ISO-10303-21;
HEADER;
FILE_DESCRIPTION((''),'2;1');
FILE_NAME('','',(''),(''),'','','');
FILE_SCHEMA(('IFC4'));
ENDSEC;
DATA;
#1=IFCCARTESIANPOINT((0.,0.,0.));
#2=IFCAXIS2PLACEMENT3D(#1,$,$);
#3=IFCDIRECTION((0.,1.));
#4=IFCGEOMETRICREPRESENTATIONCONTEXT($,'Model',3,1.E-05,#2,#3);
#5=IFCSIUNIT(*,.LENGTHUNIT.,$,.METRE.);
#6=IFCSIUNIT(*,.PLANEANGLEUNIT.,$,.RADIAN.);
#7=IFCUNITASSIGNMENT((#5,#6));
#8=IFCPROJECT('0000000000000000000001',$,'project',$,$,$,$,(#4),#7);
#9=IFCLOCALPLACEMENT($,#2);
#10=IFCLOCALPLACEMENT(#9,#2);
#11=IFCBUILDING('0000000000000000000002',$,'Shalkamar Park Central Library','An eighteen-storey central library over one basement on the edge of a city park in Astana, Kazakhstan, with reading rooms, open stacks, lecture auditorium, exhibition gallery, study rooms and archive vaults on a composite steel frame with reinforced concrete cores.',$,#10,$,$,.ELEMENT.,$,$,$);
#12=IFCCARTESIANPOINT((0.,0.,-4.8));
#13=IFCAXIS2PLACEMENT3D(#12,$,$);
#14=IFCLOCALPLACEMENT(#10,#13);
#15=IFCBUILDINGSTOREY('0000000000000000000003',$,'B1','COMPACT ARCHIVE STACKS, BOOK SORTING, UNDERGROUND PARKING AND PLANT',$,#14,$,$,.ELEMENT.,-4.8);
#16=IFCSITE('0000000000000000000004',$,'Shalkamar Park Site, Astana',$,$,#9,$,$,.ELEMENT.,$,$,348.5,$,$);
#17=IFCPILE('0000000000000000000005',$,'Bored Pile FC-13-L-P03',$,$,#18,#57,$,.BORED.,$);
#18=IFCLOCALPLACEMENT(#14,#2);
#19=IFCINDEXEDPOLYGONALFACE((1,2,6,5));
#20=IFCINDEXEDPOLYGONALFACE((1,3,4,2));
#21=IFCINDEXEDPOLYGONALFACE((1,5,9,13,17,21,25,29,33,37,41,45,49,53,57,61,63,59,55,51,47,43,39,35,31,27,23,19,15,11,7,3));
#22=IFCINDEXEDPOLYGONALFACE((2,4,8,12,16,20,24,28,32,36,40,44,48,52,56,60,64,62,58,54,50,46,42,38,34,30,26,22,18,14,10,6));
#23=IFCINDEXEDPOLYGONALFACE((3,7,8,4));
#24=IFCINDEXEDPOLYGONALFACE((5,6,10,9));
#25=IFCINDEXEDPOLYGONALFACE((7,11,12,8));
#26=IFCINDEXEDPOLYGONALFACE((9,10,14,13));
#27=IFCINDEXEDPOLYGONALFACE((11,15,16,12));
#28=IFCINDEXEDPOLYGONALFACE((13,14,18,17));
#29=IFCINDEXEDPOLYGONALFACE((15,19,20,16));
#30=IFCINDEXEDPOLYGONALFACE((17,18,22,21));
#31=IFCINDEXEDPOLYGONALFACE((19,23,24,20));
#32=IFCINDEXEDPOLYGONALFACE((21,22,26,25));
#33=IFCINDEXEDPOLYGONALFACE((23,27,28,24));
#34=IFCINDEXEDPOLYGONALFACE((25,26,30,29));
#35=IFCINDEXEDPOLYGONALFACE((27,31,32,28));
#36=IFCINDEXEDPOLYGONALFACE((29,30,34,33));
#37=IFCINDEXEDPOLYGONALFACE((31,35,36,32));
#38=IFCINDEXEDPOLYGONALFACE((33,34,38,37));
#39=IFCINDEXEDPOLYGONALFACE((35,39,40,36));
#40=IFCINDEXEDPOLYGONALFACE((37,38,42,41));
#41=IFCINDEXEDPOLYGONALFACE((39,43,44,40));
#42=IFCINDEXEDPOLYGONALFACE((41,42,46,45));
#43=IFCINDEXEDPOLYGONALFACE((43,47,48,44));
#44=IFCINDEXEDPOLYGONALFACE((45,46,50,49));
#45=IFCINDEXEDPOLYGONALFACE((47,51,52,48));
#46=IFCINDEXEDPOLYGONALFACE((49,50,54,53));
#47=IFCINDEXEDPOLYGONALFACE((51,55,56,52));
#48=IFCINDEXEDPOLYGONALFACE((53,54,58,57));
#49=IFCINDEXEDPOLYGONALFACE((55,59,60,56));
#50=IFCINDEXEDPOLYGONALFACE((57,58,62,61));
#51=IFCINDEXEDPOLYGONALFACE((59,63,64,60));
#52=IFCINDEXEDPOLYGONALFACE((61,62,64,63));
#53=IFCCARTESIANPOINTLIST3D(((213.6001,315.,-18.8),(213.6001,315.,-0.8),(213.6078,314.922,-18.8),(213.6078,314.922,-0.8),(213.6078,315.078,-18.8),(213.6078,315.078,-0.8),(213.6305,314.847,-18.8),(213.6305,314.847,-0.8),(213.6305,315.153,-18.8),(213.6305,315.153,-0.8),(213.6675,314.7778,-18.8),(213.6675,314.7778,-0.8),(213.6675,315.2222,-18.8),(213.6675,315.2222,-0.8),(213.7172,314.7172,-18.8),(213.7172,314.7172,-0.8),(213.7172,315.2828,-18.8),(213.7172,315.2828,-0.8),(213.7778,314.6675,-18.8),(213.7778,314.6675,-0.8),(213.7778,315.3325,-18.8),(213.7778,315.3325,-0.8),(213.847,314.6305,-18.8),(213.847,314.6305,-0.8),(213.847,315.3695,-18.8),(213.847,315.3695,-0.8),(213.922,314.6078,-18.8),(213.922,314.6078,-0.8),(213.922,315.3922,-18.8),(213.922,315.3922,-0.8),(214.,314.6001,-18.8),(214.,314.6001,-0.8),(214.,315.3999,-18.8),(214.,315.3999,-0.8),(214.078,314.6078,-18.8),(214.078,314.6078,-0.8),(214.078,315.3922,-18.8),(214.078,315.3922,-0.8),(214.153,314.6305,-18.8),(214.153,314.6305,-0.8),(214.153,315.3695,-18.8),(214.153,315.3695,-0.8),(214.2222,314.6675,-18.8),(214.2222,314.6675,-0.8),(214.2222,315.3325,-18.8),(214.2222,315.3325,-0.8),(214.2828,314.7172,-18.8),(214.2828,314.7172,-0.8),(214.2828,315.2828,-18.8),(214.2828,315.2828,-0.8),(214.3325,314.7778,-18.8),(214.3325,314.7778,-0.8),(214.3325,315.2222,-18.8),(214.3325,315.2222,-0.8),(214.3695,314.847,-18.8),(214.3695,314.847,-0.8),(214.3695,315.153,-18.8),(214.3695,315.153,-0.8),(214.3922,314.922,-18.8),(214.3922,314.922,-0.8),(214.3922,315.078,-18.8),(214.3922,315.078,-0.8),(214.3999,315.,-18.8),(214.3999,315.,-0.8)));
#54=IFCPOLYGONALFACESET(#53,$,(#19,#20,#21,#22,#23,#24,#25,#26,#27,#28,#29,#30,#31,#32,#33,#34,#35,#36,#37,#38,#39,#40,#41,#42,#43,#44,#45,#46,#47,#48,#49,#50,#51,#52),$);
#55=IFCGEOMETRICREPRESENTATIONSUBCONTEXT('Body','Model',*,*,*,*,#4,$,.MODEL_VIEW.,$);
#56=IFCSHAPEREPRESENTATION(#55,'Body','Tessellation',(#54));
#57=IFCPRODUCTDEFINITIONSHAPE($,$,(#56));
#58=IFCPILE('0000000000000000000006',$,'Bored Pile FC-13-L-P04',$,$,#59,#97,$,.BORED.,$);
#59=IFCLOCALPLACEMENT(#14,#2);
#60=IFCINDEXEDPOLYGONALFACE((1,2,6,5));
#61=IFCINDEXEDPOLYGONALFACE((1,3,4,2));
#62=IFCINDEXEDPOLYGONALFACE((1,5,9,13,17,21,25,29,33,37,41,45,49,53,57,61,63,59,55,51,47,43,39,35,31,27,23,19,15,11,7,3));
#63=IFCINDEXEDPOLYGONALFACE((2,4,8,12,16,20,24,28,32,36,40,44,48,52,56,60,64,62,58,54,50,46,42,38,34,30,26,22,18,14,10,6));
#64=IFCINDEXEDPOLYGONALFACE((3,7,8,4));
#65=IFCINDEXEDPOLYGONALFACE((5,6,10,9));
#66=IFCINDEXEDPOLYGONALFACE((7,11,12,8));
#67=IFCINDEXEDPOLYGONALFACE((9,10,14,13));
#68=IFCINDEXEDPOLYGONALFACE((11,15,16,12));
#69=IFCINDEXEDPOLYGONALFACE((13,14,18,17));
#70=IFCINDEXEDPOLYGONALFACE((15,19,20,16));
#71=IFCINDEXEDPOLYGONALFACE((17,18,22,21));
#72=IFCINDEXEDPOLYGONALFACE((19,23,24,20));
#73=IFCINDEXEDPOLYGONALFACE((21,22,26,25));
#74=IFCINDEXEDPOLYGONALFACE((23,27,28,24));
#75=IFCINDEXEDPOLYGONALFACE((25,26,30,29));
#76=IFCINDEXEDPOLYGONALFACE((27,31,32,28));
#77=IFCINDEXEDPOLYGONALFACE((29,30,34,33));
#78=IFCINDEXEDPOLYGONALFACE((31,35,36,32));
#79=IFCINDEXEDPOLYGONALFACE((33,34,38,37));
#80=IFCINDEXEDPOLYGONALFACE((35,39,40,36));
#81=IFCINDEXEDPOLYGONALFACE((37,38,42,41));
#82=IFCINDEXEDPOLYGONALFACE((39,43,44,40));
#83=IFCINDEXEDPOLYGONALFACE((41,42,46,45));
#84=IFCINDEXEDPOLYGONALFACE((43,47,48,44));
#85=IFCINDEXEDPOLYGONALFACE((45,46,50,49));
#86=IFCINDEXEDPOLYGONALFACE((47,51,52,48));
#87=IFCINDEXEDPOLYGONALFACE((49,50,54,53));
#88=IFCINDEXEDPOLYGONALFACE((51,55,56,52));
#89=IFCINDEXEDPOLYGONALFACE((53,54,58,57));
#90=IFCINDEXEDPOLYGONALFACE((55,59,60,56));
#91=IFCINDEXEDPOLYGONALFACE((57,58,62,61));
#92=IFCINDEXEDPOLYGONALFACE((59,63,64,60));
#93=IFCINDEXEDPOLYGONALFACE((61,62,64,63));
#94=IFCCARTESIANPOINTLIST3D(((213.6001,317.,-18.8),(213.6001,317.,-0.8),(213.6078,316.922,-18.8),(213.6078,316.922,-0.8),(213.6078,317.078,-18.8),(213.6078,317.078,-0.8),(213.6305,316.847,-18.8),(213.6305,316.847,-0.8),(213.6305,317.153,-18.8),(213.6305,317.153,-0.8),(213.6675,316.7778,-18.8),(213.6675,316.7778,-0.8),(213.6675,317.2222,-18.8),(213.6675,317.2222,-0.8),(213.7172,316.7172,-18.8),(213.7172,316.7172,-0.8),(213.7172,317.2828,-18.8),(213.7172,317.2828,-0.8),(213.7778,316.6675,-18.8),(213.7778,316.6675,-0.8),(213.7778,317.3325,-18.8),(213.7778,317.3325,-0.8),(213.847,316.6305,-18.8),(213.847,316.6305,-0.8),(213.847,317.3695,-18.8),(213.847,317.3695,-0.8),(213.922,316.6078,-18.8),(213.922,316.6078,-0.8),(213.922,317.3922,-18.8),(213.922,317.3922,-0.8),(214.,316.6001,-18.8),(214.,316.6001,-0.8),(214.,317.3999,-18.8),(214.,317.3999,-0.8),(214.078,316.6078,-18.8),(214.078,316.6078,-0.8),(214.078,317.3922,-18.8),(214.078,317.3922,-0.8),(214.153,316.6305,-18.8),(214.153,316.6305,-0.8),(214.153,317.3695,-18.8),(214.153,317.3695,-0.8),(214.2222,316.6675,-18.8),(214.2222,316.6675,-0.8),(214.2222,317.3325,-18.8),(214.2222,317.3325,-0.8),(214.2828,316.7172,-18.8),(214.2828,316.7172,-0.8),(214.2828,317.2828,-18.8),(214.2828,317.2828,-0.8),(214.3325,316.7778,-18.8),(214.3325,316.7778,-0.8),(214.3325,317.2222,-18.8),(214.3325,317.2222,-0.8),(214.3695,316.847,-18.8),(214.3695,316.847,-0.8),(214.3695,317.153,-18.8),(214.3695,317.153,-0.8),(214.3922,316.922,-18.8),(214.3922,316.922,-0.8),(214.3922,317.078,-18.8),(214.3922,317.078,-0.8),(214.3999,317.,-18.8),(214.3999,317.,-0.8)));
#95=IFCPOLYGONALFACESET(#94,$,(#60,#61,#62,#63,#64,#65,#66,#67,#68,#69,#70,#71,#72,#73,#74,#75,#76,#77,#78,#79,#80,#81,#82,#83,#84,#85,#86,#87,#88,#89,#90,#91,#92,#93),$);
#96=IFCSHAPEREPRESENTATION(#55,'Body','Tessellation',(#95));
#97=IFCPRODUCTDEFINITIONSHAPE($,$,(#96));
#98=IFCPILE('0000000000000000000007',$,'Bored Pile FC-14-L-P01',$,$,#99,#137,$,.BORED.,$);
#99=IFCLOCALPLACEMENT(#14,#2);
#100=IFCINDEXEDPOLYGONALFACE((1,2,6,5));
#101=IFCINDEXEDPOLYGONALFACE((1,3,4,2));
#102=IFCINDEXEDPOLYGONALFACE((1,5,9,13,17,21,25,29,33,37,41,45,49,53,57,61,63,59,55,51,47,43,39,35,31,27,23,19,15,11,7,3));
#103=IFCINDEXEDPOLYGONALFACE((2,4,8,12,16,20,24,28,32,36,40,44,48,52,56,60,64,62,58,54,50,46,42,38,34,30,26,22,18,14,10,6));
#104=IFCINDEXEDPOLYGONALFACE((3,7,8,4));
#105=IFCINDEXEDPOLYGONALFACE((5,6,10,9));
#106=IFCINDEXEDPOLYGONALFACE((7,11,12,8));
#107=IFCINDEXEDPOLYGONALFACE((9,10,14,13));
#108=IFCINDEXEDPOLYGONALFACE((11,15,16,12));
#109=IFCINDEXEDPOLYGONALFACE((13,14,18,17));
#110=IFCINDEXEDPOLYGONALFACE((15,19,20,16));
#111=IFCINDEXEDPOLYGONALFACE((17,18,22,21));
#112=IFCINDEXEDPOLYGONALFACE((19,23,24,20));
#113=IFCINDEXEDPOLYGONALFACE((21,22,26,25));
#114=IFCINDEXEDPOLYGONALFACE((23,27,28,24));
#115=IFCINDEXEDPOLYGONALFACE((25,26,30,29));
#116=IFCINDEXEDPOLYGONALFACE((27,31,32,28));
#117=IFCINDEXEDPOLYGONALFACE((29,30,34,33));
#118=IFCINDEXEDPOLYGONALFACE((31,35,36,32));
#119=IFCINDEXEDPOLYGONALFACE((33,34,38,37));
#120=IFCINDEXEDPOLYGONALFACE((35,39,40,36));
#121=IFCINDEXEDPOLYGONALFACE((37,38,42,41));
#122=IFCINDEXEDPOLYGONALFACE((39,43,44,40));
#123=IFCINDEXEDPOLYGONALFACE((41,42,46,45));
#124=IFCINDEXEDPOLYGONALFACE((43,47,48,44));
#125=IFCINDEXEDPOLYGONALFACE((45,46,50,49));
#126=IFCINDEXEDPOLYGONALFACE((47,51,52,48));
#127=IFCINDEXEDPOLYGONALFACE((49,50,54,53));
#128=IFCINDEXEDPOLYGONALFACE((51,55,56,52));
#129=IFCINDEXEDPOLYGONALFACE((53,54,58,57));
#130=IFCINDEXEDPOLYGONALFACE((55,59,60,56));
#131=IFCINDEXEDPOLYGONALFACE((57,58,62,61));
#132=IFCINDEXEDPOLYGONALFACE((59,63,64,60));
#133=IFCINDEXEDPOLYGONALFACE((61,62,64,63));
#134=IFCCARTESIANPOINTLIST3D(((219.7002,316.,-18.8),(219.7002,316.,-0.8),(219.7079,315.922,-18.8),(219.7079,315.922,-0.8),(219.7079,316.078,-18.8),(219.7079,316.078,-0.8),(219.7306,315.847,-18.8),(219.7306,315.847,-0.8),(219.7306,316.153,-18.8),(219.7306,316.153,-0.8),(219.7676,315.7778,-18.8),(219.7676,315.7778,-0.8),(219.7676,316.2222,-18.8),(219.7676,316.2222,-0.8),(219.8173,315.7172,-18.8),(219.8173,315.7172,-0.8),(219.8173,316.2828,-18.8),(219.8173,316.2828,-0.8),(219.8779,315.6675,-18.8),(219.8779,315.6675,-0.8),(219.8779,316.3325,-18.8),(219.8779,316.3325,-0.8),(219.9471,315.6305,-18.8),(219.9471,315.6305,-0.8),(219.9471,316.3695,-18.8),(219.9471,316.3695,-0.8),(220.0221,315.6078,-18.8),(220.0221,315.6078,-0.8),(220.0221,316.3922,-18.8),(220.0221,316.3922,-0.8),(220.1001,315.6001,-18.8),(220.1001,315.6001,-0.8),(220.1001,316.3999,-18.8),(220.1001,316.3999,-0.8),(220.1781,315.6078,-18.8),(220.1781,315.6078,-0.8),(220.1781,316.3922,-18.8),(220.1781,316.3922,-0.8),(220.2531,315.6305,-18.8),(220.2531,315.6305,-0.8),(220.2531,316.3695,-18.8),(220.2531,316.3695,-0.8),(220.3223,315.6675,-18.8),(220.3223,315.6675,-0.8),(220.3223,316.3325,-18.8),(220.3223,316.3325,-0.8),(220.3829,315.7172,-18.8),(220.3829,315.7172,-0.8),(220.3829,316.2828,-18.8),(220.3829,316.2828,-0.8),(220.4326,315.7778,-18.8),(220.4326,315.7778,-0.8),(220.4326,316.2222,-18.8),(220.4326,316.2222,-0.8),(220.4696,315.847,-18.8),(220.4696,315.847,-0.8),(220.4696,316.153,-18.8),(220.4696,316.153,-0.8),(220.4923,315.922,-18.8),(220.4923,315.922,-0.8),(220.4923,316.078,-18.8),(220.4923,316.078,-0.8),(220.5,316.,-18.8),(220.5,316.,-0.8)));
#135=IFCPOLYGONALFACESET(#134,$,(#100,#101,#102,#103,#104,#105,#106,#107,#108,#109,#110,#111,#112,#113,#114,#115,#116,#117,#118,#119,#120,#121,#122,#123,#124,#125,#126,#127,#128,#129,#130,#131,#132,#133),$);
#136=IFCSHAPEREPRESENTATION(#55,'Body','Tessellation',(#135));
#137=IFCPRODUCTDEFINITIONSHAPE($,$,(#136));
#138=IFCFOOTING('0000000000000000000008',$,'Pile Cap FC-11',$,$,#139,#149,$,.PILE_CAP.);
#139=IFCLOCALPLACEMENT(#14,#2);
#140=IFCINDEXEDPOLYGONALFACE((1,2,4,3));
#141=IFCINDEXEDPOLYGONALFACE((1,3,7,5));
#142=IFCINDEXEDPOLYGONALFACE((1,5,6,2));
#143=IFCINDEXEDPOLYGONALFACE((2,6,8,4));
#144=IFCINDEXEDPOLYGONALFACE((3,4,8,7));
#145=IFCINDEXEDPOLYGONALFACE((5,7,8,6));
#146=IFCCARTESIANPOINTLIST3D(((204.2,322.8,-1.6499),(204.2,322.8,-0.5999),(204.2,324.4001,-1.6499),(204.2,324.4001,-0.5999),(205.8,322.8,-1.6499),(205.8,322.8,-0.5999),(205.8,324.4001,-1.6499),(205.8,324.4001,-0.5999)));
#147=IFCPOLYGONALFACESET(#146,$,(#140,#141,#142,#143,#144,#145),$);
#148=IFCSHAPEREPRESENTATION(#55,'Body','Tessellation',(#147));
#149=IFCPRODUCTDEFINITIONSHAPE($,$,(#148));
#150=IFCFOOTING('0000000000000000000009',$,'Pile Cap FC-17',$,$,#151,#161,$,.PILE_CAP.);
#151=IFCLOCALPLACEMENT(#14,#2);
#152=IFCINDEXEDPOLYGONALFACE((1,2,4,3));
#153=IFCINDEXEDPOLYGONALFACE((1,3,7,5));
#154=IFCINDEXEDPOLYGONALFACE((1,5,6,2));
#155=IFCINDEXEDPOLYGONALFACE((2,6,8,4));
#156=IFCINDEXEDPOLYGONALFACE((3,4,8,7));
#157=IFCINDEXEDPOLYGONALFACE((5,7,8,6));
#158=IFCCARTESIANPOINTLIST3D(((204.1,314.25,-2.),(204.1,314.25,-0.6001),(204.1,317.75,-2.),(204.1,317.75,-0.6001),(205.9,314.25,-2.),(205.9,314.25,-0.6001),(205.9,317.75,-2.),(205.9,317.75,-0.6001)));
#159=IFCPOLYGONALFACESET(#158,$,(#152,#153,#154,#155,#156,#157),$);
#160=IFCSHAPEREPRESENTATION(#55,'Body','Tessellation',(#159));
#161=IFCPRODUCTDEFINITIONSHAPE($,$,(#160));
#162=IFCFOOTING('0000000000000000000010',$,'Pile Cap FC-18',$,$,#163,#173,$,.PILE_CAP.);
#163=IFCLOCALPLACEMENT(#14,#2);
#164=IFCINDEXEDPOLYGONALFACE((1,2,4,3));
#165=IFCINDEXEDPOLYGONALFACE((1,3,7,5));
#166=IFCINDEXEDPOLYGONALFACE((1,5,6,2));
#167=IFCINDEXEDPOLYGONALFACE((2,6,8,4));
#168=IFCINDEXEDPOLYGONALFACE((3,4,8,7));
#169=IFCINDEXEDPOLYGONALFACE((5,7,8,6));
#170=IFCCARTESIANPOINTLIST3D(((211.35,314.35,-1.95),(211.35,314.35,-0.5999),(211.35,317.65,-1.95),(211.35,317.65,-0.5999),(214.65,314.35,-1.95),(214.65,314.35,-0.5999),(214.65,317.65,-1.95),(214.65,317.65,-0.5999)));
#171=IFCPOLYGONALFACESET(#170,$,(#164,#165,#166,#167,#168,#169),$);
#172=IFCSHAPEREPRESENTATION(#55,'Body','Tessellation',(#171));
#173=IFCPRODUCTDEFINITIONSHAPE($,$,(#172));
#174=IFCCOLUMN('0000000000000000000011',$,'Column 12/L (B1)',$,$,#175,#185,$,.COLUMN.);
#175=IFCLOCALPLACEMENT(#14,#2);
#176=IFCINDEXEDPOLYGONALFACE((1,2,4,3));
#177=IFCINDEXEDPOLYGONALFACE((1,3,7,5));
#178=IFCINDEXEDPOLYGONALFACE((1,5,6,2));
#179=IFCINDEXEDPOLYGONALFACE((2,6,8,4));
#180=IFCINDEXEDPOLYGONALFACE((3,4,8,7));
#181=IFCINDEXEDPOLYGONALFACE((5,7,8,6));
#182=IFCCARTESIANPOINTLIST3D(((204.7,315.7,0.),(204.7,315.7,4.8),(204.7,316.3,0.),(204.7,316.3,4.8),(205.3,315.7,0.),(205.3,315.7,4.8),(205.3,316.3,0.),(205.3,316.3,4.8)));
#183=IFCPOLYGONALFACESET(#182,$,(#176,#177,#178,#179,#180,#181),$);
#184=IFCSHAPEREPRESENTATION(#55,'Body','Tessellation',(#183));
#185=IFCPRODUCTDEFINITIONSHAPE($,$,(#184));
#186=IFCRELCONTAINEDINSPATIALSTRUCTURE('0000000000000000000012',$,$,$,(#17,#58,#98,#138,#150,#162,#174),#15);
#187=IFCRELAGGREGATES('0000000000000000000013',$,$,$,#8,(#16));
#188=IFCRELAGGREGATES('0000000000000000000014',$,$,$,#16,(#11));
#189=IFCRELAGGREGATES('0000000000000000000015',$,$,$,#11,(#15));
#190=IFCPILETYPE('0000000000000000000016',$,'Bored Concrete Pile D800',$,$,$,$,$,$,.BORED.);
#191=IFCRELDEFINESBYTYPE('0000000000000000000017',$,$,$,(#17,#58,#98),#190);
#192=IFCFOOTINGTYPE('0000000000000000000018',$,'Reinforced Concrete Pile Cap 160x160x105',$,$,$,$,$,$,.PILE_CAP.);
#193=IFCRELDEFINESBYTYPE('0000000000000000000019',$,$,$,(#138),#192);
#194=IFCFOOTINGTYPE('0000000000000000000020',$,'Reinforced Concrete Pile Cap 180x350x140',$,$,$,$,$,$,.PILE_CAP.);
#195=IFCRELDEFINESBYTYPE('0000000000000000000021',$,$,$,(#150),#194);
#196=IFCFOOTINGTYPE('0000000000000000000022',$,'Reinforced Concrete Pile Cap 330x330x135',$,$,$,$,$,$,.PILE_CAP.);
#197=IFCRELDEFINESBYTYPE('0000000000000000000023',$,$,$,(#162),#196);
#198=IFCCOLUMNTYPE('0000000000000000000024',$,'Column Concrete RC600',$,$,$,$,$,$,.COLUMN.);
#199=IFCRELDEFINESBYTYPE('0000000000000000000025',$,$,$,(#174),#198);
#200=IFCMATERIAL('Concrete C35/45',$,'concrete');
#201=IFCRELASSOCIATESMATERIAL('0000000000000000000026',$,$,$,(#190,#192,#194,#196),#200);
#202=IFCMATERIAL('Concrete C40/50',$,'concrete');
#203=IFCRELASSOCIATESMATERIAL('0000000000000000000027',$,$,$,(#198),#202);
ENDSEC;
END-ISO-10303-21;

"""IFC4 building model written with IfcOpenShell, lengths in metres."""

from ifc_helpers import new_model, si_unit, direction, frame, origin, origin_2d, place, context, subcontext, project, spatial, rectangle, circle, extrude, material, material_profile, profile_set, type_object, element, save


model = new_model("IFC4")

# Units and contexts
model_context = context("Model", 3, precision=1e-05, world=origin(), true_north=direction((0.0, 1.0)))
body_context = subcontext(model_context, "Body", "Model", "MODEL_VIEW")
ifc_project = project(units=[si_unit("LENGTHUNIT", "METRE"), si_unit("PLANEANGLEUNIT", "RADIAN")], contexts=[model_context])

# Site, building, storey
site_placement = place(None, origin())
site = spatial("IfcSite", under=ifc_project, at=site_placement, Name="Shalkamar Park Site, Astana", CompositionType="ELEMENT", RefElevation=348.5)
building_placement = place(site_placement, origin())
building = spatial("IfcBuilding", under=site, at=building_placement, Name="Shalkamar Park Central Library", Description="An eighteen-storey central library over one basement on the edge of a city park in Astana, Kazakhstan, with reading rooms, open stacks, lecture auditorium, exhibition gallery, study rooms and archive vaults on a composite steel frame with reinforced concrete cores.", CompositionType="ELEMENT")
storey_placement = place(building_placement, frame((0.0, 0.0, -4.8)))
storey = spatial("IfcBuildingStorey", under=building, at=storey_placement, Name="B1", Description="COMPACT ARCHIVE STACKS, BOOK SORTING, UNDERGROUND PARKING AND PLANT", CompositionType="ELEMENT", Elevation=-4.8)

# Piles
ifc_material_1 = material(Name="Concrete C35/45", Category="concrete")
ifc_material_profile_1 = material_profile(ifc_material_1, circle(Radius=0.3999, at=origin_2d()), Name="PILE D800")
ifc_profile_set_1 = profile_set([ifc_material_profile_1], Name="Concrete C35/45")
pile_type_1 = type_object("IfcPileType", Name="Bored Concrete Pile D800", PredefinedType="BORED", material=ifc_profile_set_1)
for number, where, z_axis, x_axis, name in (
    (1, (214.0, 315.0, -0.8), (0.0, 0.0, -1.0), (1.0, 0.0, 0.0), "Bored Pile FC-13-L-P03"),
    (2, (214.0, 317.0, -0.8), (0.0, 0.0, -1.0), (1.0, 0.0, 0.0), "Bored Pile FC-13-L-P04"),
    (3, (220.1001, 316.0, -0.8), (0.0, 0.0, -1.0), (1.0, 0.0, 0.0), "Bored Pile FC-14-L-P01"),
):
    element("IfcPile", number, at=place(storey_placement, frame(where, z_axis=z_axis, x_axis=x_axis)), inside=storey, type_object=pile_type_1, Name=name, PredefinedType="BORED", context=body_context, shape_type="SweptSolid", body=[
        extrude(circle(Radius=0.3999, at=origin_2d()), origin(), (0.0, 0.0, 1.0), 18.0),
    ])

# Footings
footing_type_1 = type_object("IfcFootingType", Name="Reinforced Concrete Pile Cap 160x160x105", PredefinedType="PILE_CAP", material=ifc_material_1)
footing_1_placement = place(storey_placement, frame((205.0, 323.6001, -1.6499), z_axis=(0.0, 0.0, 1.0), x_axis=(1.0, 0.0, 0.0)))
element("IfcFooting", 4, at=footing_1_placement, inside=storey, type_object=footing_type_1, Name="Pile Cap FC-11", PredefinedType="PILE_CAP", context=body_context, shape_type="SweptSolid", body=[
    extrude(rectangle(XDim=1.6001, YDim=1.6001, at=origin_2d()), origin(), (0.0, 0.0, 1.0), 1.05),
])
footing_type_2 = type_object("IfcFootingType", Name="Reinforced Concrete Pile Cap 180x350x140", PredefinedType="PILE_CAP", material=ifc_material_1)
footing_2_placement = place(storey_placement, frame((205.0, 316.0, -2.0), z_axis=(0.0, 0.0, 1.0), x_axis=(1.0, 0.0, 0.0)))
element("IfcFooting", 5, at=footing_2_placement, inside=storey, type_object=footing_type_2, Name="Pile Cap FC-17", PredefinedType="PILE_CAP", context=body_context, shape_type="SweptSolid", body=[
    extrude(rectangle(XDim=1.8, YDim=3.5, at=origin_2d()), origin(), (0.0, 0.0, 1.0), 1.3999),
])
footing_type_3 = type_object("IfcFootingType", Name="Reinforced Concrete Pile Cap 330x330x135", PredefinedType="PILE_CAP", material=ifc_material_1)
footing_3_placement = place(storey_placement, frame((213.0, 316.0, -1.95), z_axis=(0.0, 0.0, 1.0), x_axis=(1.0, 0.0, 0.0)))
element("IfcFooting", 6, at=footing_3_placement, inside=storey, type_object=footing_type_3, Name="Pile Cap FC-18", PredefinedType="PILE_CAP", context=body_context, shape_type="SweptSolid", body=[
    extrude(rectangle(XDim=3.3, YDim=3.3, at=origin_2d()), origin(), (0.0, 0.0, 1.0), 1.3501),
])

# Column
ifc_material_2 = material(Name="Concrete C40/50", Category="concrete")
ifc_material_profile_2 = material_profile(ifc_material_2, rectangle(XDim=0.6001, YDim=0.6001, at=origin_2d()), Name="RC 600x600")
ifc_profile_set_2 = profile_set([ifc_material_profile_2], Name="Concrete C40/50")
column_type_1 = type_object("IfcColumnType", Name="Column Concrete RC600", PredefinedType="COLUMN", material=ifc_profile_set_2)
column_placement = place(storey_placement, frame((205.0, 316.0, 0.0), z_axis=(0.0, 0.0, 1.0), x_axis=(1.0, 0.0, 0.0)))
element("IfcColumn", 7, at=column_placement, inside=storey, type_object=column_type_1, Name="Column 12/L (B1)", PredefinedType="COLUMN", context=body_context, shape_type="SweptSolid", body=[
    extrude(rectangle(XDim=0.6001, YDim=0.6001, at=origin_2d()), origin(), (0.0, 0.0, 1.0), 4.8),
])

save(model, "model.ifc")
